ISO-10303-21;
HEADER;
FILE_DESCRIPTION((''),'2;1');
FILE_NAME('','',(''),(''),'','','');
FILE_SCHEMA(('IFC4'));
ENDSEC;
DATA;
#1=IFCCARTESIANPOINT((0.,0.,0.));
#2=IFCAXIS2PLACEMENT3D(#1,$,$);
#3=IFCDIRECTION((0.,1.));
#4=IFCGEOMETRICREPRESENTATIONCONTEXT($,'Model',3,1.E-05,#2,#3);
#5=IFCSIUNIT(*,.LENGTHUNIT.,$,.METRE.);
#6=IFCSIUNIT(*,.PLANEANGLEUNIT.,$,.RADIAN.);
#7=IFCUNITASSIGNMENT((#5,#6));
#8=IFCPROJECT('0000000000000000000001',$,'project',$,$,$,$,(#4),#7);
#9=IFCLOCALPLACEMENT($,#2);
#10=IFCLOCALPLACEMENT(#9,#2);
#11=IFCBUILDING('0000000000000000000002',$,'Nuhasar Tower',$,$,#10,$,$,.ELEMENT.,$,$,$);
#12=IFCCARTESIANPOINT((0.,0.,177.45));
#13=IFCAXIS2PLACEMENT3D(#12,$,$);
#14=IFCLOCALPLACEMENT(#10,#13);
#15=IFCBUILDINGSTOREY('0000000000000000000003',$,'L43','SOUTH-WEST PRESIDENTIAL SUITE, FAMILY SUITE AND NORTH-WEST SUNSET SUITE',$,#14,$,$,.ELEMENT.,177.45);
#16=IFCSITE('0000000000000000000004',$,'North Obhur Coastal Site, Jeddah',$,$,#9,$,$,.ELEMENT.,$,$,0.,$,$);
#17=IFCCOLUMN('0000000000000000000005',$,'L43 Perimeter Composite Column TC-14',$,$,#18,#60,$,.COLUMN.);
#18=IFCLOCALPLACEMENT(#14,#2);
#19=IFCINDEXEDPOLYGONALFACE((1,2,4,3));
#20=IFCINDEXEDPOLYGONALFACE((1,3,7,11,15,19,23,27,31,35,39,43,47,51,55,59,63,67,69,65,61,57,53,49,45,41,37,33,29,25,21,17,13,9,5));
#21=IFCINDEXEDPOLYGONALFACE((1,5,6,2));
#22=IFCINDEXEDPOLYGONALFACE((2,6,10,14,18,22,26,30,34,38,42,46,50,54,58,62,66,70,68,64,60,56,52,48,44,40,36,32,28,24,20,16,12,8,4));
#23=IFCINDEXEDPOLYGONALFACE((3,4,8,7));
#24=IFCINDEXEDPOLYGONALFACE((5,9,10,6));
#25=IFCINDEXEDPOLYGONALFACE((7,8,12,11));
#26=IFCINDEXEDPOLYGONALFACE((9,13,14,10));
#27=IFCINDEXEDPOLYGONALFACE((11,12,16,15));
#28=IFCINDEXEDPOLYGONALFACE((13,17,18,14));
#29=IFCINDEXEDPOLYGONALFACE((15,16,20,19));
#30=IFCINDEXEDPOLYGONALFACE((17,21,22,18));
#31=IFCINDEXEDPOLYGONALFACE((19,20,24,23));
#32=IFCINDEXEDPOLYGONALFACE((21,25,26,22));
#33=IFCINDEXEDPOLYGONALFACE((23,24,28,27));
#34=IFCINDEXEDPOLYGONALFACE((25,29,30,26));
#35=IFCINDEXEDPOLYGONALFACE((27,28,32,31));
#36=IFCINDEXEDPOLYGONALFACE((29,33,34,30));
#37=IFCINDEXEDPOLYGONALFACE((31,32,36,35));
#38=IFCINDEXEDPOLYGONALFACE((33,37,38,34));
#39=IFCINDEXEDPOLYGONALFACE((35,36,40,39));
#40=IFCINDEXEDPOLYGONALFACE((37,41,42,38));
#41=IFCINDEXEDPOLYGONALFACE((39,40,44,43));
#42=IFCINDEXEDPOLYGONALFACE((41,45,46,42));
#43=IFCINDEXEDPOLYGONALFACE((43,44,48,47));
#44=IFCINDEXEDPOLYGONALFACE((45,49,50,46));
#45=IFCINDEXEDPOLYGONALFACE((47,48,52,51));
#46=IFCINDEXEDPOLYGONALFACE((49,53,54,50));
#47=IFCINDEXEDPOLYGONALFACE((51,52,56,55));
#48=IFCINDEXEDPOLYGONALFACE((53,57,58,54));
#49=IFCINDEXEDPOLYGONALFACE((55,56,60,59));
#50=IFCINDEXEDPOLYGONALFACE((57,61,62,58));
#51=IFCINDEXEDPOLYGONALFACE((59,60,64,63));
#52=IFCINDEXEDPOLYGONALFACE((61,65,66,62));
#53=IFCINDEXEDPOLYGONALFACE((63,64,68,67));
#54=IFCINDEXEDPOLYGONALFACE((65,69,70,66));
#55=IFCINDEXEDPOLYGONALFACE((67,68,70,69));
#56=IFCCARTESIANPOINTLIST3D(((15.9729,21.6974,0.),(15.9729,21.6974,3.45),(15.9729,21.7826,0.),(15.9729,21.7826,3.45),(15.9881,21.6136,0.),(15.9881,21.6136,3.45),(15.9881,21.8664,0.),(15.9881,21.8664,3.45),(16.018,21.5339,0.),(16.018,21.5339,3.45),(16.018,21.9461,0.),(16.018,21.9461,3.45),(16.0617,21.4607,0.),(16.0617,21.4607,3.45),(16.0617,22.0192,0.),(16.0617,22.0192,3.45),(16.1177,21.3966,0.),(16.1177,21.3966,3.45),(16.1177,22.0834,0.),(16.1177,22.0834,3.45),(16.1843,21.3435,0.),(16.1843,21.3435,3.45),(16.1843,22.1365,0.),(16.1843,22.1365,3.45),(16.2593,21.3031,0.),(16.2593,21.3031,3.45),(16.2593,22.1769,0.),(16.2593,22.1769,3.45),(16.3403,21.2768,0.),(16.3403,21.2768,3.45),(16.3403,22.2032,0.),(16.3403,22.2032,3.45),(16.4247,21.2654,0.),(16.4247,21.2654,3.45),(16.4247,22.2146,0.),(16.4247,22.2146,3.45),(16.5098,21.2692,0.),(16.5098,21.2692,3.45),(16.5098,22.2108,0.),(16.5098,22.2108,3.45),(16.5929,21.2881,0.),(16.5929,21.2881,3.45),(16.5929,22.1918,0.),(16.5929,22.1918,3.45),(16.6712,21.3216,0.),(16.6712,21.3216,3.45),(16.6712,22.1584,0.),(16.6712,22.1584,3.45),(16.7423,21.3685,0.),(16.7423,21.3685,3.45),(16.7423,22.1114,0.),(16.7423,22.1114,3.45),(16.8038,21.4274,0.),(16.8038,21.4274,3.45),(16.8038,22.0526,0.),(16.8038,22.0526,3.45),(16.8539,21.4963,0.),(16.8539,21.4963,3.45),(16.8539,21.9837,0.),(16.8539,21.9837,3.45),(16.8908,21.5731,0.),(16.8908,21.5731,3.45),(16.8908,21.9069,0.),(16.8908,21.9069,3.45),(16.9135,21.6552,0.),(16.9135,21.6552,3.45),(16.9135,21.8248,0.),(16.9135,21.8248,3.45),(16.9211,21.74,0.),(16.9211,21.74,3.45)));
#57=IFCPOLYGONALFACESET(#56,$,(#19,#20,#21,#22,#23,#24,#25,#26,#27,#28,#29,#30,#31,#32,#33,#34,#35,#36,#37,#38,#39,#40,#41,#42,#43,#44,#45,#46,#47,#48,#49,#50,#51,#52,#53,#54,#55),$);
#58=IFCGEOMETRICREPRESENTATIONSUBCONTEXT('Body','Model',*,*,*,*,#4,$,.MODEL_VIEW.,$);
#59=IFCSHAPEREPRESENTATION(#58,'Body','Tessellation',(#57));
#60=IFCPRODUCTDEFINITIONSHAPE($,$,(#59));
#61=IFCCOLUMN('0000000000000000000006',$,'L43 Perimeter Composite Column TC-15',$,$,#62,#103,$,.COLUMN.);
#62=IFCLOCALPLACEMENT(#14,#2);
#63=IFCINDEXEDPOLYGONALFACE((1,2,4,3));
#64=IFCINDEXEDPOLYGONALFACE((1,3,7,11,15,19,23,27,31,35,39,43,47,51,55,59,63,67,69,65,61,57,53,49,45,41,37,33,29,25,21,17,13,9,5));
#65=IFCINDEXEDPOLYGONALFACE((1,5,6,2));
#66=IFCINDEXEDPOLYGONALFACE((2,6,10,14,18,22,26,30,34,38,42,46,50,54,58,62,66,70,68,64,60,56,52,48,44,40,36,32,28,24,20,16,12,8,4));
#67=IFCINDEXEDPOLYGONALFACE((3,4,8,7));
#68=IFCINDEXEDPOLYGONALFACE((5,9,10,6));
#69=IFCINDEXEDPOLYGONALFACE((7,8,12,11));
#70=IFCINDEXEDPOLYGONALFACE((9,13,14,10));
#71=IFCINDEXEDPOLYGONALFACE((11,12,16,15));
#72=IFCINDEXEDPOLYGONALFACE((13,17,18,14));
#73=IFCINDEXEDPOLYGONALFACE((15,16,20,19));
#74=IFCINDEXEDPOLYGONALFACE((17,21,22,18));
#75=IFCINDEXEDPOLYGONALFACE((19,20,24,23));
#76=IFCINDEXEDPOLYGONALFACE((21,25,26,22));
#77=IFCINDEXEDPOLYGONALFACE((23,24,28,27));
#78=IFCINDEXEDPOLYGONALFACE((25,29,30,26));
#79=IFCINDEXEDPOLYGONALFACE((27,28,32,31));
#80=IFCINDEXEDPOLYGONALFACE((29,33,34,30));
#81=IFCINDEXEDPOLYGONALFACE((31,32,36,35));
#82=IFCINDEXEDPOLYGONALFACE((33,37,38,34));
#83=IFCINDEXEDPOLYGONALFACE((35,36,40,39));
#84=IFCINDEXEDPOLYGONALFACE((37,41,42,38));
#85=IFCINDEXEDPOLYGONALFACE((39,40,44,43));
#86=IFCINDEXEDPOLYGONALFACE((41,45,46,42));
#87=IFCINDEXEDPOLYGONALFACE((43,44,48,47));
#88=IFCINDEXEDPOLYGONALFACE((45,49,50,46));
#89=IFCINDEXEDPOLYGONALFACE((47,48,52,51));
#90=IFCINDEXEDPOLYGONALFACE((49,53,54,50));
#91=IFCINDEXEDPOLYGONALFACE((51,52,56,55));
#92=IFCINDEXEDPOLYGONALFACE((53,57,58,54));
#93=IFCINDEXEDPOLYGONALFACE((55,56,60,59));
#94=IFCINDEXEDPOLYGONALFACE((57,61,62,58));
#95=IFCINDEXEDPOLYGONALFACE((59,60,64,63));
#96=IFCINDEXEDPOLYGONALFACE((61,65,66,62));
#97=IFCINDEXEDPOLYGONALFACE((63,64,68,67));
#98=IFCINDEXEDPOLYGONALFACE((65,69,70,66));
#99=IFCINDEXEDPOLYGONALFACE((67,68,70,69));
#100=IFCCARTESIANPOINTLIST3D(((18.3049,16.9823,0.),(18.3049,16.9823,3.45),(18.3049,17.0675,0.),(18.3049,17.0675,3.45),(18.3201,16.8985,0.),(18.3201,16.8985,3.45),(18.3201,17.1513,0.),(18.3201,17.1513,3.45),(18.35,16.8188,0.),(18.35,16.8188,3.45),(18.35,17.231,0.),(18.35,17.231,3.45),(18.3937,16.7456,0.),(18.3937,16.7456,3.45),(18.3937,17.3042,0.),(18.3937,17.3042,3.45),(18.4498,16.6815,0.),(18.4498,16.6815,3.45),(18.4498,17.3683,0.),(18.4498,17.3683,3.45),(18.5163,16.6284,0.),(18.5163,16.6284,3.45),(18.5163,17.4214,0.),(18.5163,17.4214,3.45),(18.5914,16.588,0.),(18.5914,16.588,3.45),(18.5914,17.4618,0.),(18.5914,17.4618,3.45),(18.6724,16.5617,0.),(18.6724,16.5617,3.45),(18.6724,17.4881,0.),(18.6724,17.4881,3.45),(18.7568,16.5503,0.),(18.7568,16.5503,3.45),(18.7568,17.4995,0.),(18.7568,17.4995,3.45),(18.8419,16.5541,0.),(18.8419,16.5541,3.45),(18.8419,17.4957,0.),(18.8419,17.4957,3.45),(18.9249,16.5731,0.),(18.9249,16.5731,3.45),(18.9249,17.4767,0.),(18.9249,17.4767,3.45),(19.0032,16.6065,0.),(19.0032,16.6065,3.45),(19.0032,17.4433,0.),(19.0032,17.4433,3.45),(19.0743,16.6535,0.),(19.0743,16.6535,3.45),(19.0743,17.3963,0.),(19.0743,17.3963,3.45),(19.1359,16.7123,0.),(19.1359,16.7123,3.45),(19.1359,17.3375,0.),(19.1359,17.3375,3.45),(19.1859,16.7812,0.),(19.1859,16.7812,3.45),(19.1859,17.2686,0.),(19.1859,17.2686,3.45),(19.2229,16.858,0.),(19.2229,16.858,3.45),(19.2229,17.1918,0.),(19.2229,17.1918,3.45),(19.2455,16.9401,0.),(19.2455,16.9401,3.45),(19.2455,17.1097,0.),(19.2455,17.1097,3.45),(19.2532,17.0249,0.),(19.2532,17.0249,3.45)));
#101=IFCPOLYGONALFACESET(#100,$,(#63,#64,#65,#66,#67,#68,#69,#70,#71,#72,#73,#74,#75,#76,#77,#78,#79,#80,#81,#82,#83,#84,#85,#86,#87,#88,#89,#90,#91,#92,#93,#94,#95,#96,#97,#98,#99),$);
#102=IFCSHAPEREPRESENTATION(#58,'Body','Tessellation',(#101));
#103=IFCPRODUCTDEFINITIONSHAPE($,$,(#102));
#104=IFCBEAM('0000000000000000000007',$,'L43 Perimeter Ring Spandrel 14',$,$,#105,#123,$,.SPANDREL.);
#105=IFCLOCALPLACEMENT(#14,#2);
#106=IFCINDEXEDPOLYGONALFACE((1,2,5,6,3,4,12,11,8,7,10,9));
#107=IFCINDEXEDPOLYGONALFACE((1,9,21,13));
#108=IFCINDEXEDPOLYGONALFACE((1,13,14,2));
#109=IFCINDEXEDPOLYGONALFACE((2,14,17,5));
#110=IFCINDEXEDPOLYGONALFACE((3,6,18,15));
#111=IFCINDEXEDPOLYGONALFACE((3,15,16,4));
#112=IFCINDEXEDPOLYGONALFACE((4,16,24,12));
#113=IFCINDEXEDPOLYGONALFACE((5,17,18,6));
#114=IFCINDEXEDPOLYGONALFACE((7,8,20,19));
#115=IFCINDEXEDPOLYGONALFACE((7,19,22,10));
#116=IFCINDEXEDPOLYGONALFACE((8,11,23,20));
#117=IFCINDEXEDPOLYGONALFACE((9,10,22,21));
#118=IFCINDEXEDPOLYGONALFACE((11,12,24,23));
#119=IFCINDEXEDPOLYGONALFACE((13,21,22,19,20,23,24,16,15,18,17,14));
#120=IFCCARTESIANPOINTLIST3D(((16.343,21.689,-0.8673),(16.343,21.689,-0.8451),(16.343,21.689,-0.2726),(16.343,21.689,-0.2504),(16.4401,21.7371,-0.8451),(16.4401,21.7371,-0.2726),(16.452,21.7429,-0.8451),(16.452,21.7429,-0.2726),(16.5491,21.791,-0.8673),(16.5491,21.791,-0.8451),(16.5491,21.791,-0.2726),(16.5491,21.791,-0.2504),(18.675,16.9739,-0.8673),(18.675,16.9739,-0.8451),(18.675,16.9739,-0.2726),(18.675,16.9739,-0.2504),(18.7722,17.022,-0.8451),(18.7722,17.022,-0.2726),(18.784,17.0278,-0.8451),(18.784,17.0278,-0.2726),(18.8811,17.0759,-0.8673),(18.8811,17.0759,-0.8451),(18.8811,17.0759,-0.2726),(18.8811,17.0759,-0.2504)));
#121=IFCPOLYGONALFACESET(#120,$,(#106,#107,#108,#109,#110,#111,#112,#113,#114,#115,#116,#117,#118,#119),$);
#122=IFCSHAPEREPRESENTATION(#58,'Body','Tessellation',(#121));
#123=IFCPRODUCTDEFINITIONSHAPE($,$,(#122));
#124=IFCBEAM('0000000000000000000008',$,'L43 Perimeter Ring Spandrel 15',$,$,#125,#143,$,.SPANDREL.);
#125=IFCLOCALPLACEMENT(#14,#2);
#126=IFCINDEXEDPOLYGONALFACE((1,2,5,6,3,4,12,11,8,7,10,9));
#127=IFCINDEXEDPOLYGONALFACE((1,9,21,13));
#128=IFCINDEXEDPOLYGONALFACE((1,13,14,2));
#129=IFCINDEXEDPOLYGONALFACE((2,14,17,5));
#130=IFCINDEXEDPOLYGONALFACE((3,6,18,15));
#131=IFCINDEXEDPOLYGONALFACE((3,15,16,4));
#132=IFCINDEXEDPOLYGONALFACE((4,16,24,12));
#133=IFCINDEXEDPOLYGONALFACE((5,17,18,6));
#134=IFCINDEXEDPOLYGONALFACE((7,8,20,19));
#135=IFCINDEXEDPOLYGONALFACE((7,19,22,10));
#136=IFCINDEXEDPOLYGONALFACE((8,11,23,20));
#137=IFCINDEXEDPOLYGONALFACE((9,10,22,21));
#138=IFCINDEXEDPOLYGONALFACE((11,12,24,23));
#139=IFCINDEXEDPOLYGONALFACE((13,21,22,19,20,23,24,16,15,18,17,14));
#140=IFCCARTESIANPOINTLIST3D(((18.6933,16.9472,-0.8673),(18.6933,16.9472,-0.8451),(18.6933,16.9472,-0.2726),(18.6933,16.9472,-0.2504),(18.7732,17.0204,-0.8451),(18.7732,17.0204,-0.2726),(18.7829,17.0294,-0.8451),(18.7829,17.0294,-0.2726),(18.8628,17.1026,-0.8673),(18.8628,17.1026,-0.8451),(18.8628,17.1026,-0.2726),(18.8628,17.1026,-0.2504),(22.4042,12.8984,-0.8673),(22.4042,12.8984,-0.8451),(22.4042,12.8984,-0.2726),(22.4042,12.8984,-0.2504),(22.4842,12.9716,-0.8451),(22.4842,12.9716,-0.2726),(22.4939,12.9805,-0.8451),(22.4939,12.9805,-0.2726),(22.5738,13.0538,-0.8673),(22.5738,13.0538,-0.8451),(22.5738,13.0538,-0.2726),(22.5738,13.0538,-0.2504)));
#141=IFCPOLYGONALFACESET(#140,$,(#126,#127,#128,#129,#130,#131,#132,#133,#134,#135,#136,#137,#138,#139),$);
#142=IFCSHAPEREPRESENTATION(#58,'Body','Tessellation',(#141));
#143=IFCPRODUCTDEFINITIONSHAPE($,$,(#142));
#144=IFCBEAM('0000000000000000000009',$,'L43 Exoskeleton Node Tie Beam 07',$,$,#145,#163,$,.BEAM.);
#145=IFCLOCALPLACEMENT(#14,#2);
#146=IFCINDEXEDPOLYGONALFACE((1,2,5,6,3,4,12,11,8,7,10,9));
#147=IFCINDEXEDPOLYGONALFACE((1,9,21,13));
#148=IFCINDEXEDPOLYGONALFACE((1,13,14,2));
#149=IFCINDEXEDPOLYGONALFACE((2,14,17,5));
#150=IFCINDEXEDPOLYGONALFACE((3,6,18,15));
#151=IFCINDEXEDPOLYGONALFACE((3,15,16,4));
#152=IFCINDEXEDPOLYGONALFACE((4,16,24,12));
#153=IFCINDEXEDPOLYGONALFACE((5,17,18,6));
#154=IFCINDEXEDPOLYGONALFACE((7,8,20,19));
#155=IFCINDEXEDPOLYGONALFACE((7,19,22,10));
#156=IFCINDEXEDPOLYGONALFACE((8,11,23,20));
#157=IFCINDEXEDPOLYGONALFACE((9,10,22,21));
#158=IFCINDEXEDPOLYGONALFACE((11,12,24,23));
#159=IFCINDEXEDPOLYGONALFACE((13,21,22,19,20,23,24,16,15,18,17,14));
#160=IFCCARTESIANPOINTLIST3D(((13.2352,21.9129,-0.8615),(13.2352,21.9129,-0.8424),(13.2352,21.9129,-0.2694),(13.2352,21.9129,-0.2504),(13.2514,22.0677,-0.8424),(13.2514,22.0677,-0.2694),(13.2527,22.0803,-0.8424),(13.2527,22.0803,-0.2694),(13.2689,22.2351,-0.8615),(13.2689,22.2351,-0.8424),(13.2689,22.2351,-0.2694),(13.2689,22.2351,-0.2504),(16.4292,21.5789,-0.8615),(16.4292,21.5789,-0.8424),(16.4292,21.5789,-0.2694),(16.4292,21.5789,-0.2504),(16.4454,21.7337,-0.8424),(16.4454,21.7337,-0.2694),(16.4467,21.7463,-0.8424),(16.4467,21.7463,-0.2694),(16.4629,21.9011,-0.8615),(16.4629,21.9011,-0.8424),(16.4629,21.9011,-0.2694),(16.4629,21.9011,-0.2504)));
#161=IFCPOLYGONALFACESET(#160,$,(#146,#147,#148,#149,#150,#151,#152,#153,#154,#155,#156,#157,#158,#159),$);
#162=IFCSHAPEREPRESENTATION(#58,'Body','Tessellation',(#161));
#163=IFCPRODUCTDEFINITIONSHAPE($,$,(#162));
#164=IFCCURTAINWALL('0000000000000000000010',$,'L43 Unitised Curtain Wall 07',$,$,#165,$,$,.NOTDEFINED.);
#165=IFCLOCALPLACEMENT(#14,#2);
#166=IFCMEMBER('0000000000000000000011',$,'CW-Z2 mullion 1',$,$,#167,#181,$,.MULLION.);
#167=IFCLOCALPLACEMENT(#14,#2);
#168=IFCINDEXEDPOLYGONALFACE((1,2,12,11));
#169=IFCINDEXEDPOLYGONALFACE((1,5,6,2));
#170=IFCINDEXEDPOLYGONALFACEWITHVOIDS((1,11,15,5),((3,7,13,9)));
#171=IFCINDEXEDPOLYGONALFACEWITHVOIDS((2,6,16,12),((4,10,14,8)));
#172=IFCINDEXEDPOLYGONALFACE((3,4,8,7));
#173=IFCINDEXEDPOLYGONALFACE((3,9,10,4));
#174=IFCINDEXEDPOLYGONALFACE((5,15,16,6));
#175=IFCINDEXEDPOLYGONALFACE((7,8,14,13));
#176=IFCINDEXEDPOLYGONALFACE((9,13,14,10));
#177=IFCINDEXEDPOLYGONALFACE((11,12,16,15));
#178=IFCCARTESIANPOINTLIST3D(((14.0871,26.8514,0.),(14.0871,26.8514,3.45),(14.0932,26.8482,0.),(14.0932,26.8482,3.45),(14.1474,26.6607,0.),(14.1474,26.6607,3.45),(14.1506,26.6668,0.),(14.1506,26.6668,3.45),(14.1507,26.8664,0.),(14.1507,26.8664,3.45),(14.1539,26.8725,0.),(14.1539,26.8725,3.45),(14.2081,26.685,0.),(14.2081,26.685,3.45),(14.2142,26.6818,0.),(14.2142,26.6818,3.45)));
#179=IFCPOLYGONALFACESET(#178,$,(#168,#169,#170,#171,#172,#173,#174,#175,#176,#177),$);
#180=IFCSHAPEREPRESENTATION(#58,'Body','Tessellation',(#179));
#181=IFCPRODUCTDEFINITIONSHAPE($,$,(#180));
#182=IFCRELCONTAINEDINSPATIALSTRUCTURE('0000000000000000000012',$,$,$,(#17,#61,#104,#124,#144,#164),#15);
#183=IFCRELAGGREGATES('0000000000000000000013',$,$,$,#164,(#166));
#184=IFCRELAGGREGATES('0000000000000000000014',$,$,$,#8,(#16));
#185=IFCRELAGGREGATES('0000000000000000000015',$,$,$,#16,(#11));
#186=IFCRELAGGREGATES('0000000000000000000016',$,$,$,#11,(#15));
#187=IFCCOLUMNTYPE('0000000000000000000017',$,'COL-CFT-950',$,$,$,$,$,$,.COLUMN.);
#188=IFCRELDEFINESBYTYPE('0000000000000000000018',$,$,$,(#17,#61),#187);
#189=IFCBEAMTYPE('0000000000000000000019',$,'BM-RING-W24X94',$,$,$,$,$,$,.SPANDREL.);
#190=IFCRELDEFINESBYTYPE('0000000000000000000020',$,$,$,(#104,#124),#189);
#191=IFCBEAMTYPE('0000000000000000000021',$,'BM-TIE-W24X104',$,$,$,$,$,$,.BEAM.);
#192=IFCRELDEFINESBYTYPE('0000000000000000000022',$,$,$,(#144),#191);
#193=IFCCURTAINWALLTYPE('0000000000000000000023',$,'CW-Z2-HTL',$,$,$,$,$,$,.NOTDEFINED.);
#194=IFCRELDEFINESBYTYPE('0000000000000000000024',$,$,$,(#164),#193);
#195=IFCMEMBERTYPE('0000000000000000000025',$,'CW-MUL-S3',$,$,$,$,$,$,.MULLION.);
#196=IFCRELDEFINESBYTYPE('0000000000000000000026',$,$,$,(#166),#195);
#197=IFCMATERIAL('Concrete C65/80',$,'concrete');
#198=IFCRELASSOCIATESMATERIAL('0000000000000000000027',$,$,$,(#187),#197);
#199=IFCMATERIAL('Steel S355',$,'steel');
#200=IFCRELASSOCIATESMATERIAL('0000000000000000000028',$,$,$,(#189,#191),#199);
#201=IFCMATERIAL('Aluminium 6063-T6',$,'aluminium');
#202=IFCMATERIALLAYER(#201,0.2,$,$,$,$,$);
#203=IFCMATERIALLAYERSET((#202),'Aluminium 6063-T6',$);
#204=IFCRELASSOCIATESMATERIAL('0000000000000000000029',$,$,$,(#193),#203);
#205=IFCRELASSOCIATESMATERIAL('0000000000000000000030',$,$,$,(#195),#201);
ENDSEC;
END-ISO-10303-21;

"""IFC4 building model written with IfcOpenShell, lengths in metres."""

from ifc_helpers import new_model, si_unit, direction, frame, origin, origin_2d, place, context, subcontext, project, spatial, hollow_rectangle, circle, i_section, extrude, material, layer, layer_set, material_profile, profile_set, type_object, element, aggregate, save


model = new_model("IFC4")

# Units and contexts
model_context = context("Model", 3, precision=1e-05, world=origin(), true_north=direction((0.0, 1.0)))
body_context = subcontext(model_context, "Body", "Model", "MODEL_VIEW")
ifc_project = project(units=[si_unit("LENGTHUNIT", "METRE"), si_unit("PLANEANGLEUNIT", "RADIAN")], contexts=[model_context])

# Site, building, storey
site_placement = place(None, origin())
site = spatial("IfcSite", under=ifc_project, at=site_placement, Name="North Obhur Coastal Site, Jeddah", CompositionType="ELEMENT", RefElevation=0.0)
building_placement = place(site_placement, origin())
building = spatial("IfcBuilding", under=site, at=building_placement, Name="Nuhasar Tower", CompositionType="ELEMENT")
storey_placement = place(building_placement, frame((0.0, 0.0, 177.45)))
storey = spatial("IfcBuildingStorey", under=building, at=storey_placement, Name="L43", Description="SOUTH-WEST PRESIDENTIAL SUITE, FAMILY SUITE AND NORTH-WEST SUNSET SUITE", CompositionType="ELEMENT", Elevation=177.45)

# Columns
ifc_material_1 = material(Name="Concrete C65/80", Category="concrete")
ifc_material_profile_1 = material_profile(ifc_material_1, circle(Radius=0.4751, at=origin_2d()), Name="CFT950")
ifc_profile_set_1 = profile_set([ifc_material_profile_1], Name="Concrete C65/80")
column_type = type_object("IfcColumnType", Name="COL-CFT-950", PredefinedType="COLUMN", material=ifc_profile_set_1)
for number, where, z_axis, x_axis, name in (
    (1, (16.446, 21.74, 0.0), (0.0, 0.0, 1.0), (1.0, 0.0, 0.0), "L43 Perimeter Composite Column TC-14"),
    (2, (18.7781, 17.0249, 0.0), (0.0, 0.0, 1.0), (1.0, 0.0, 0.0), "L43 Perimeter Composite Column TC-15"),
):
    element("IfcColumn", number, at=place(storey_placement, frame(where, z_axis=z_axis, x_axis=x_axis)), inside=storey, type_object=column_type, Name=name, PredefinedType="COLUMN", context=body_context, shape_type="SweptSolid", body=[
        extrude(circle(Radius=0.4751, at=origin_2d()), origin(), (0.0, 0.0, 1.0), 3.45),
    ])

# Beams
ifc_material_2 = material(Name="Steel S355", Category="steel")
ifc_material_profile_2 = material_profile(ifc_material_2, i_section(OverallWidth=0.23, OverallDepth=0.6169, WebThickness=0.0132, FlangeThickness=0.0222, at=origin_2d()), Name="W24X94")
ifc_profile_set_2 = profile_set([ifc_material_profile_2], Name="Steel S355")
beam_type_1 = type_object("IfcBeamType", Name="BM-RING-W24X94", PredefinedType="SPANDREL", material=ifc_profile_set_2)
beam_1_placement = place(storey_placement, frame((16.446, 21.74, -0.5588), z_axis=(0.443329, -0.896359, 0.0), x_axis=(0.896359, 0.443329, 0.0)))
element("IfcBeam", 3, at=beam_1_placement, inside=storey, type_object=beam_type_1, Name="L43 Perimeter Ring Spandrel 14", PredefinedType="SPANDREL", context=body_context, shape_type="SweptSolid", body=[
    extrude(i_section(OverallWidth=0.23, OverallDepth=0.6169, WebThickness=0.0132, FlangeThickness=0.0222, at=origin_2d()), origin(), (0.0, 0.0, 1.0), 5.2603),
])
beam_2_placement = place(storey_placement, frame((18.7781, 17.0249, -0.5588), z_axis=(0.675676, -0.737198, 0.0), x_axis=(0.737198, 0.675676, 0.0)))
element("IfcBeam", 4, at=beam_2_placement, inside=storey, type_object=beam_type_1, Name="L43 Perimeter Ring Spandrel 15", PredefinedType="SPANDREL", context=body_context, shape_type="SweptSolid", body=[
    extrude(i_section(OverallWidth=0.23, OverallDepth=0.6169, WebThickness=0.0132, FlangeThickness=0.0222, at=origin_2d()), origin(), (0.0, 0.0, 1.0), 5.4922),
])
ifc_material_profile_3 = material_profile(ifc_material_2, i_section(OverallWidth=0.324, OverallDepth=0.6111, WebThickness=0.0127, FlangeThickness=0.019, at=origin_2d()), Name="W24X104")
ifc_profile_set_3 = profile_set([ifc_material_profile_3], Name="Steel S355")
beam_type_2 = type_object("IfcBeamType", Name="BM-TIE-W24X104", PredefinedType="BEAM", material=ifc_profile_set_3)
beam_3_placement = place(storey_placement, frame((16.446, 21.74, -0.5559), z_axis=(-0.994578, 0.103996, 0.0), x_axis=(-0.103996, -0.994578, 0.0)))
element("IfcBeam", 5, at=beam_3_placement, inside=storey, type_object=beam_type_2, Name="L43 Exoskeleton Node Tie Beam 07", PredefinedType="BEAM", context=body_context, shape_type="SweptSolid", body=[
    extrude(i_section(OverallWidth=0.324, OverallDepth=0.6111, WebThickness=0.0127, FlangeThickness=0.019, at=origin_2d()), origin(), (0.0, 0.0, 1.0), 3.2114),
])

# Curtain wall, member
ifc_material_3 = material(Name="Aluminium 6063-T6", Category="aluminium")
ifc_layer_1 = layer(ifc_material_3, 0.2)
ifc_layer_set_1 = layer_set([ifc_layer_1], Name="Aluminium 6063-T6")
curtain_wall_type = type_object("IfcCurtainWallType", Name="CW-Z2-HTL", PredefinedType="NOTDEFINED", material=ifc_layer_set_1)
curtain_wall_1_placement = place(storey_placement, origin())
curtain_wall_1 = element("IfcCurtainWall", 6, at=curtain_wall_1_placement, inside=storey, type_object=curtain_wall_type, Name="L43 Unitised Curtain Wall 07", PredefinedType="NOTDEFINED")
ifc_material_profile_4 = material_profile(ifc_material_3, hollow_rectangle(XDim=0.0701, YDim=0.2, WallThickness=0.0049, at=origin_2d()), Name="CWM-3")
ifc_profile_set_4 = profile_set([ifc_material_profile_4], Name="Aluminium 6063-T6")
member_type_1 = type_object("IfcMemberType", Name="CW-MUL-S3", PredefinedType="MULLION", material=ifc_profile_set_4)
member_1_placement = place(storey_placement, frame((14.1506, 26.7666, 0.0), z_axis=(0.0, 0.0, 1.0), x_axis=(0.953433, 0.301604, 0.0)))
member_1 = element("IfcMember", 7, at=member_1_placement, type_object=member_type_1, Name="CW-Z2 mullion 1", PredefinedType="MULLION", context=body_context, shape_type="SweptSolid", body=[
    extrude(hollow_rectangle(XDim=0.0701, YDim=0.2, WallThickness=0.0049, at=origin_2d()), origin(), (0.0, 0.0, 1.0), 3.45),
])

aggregate(curtain_wall_1, [member_1])

save(model, "model.ifc")
